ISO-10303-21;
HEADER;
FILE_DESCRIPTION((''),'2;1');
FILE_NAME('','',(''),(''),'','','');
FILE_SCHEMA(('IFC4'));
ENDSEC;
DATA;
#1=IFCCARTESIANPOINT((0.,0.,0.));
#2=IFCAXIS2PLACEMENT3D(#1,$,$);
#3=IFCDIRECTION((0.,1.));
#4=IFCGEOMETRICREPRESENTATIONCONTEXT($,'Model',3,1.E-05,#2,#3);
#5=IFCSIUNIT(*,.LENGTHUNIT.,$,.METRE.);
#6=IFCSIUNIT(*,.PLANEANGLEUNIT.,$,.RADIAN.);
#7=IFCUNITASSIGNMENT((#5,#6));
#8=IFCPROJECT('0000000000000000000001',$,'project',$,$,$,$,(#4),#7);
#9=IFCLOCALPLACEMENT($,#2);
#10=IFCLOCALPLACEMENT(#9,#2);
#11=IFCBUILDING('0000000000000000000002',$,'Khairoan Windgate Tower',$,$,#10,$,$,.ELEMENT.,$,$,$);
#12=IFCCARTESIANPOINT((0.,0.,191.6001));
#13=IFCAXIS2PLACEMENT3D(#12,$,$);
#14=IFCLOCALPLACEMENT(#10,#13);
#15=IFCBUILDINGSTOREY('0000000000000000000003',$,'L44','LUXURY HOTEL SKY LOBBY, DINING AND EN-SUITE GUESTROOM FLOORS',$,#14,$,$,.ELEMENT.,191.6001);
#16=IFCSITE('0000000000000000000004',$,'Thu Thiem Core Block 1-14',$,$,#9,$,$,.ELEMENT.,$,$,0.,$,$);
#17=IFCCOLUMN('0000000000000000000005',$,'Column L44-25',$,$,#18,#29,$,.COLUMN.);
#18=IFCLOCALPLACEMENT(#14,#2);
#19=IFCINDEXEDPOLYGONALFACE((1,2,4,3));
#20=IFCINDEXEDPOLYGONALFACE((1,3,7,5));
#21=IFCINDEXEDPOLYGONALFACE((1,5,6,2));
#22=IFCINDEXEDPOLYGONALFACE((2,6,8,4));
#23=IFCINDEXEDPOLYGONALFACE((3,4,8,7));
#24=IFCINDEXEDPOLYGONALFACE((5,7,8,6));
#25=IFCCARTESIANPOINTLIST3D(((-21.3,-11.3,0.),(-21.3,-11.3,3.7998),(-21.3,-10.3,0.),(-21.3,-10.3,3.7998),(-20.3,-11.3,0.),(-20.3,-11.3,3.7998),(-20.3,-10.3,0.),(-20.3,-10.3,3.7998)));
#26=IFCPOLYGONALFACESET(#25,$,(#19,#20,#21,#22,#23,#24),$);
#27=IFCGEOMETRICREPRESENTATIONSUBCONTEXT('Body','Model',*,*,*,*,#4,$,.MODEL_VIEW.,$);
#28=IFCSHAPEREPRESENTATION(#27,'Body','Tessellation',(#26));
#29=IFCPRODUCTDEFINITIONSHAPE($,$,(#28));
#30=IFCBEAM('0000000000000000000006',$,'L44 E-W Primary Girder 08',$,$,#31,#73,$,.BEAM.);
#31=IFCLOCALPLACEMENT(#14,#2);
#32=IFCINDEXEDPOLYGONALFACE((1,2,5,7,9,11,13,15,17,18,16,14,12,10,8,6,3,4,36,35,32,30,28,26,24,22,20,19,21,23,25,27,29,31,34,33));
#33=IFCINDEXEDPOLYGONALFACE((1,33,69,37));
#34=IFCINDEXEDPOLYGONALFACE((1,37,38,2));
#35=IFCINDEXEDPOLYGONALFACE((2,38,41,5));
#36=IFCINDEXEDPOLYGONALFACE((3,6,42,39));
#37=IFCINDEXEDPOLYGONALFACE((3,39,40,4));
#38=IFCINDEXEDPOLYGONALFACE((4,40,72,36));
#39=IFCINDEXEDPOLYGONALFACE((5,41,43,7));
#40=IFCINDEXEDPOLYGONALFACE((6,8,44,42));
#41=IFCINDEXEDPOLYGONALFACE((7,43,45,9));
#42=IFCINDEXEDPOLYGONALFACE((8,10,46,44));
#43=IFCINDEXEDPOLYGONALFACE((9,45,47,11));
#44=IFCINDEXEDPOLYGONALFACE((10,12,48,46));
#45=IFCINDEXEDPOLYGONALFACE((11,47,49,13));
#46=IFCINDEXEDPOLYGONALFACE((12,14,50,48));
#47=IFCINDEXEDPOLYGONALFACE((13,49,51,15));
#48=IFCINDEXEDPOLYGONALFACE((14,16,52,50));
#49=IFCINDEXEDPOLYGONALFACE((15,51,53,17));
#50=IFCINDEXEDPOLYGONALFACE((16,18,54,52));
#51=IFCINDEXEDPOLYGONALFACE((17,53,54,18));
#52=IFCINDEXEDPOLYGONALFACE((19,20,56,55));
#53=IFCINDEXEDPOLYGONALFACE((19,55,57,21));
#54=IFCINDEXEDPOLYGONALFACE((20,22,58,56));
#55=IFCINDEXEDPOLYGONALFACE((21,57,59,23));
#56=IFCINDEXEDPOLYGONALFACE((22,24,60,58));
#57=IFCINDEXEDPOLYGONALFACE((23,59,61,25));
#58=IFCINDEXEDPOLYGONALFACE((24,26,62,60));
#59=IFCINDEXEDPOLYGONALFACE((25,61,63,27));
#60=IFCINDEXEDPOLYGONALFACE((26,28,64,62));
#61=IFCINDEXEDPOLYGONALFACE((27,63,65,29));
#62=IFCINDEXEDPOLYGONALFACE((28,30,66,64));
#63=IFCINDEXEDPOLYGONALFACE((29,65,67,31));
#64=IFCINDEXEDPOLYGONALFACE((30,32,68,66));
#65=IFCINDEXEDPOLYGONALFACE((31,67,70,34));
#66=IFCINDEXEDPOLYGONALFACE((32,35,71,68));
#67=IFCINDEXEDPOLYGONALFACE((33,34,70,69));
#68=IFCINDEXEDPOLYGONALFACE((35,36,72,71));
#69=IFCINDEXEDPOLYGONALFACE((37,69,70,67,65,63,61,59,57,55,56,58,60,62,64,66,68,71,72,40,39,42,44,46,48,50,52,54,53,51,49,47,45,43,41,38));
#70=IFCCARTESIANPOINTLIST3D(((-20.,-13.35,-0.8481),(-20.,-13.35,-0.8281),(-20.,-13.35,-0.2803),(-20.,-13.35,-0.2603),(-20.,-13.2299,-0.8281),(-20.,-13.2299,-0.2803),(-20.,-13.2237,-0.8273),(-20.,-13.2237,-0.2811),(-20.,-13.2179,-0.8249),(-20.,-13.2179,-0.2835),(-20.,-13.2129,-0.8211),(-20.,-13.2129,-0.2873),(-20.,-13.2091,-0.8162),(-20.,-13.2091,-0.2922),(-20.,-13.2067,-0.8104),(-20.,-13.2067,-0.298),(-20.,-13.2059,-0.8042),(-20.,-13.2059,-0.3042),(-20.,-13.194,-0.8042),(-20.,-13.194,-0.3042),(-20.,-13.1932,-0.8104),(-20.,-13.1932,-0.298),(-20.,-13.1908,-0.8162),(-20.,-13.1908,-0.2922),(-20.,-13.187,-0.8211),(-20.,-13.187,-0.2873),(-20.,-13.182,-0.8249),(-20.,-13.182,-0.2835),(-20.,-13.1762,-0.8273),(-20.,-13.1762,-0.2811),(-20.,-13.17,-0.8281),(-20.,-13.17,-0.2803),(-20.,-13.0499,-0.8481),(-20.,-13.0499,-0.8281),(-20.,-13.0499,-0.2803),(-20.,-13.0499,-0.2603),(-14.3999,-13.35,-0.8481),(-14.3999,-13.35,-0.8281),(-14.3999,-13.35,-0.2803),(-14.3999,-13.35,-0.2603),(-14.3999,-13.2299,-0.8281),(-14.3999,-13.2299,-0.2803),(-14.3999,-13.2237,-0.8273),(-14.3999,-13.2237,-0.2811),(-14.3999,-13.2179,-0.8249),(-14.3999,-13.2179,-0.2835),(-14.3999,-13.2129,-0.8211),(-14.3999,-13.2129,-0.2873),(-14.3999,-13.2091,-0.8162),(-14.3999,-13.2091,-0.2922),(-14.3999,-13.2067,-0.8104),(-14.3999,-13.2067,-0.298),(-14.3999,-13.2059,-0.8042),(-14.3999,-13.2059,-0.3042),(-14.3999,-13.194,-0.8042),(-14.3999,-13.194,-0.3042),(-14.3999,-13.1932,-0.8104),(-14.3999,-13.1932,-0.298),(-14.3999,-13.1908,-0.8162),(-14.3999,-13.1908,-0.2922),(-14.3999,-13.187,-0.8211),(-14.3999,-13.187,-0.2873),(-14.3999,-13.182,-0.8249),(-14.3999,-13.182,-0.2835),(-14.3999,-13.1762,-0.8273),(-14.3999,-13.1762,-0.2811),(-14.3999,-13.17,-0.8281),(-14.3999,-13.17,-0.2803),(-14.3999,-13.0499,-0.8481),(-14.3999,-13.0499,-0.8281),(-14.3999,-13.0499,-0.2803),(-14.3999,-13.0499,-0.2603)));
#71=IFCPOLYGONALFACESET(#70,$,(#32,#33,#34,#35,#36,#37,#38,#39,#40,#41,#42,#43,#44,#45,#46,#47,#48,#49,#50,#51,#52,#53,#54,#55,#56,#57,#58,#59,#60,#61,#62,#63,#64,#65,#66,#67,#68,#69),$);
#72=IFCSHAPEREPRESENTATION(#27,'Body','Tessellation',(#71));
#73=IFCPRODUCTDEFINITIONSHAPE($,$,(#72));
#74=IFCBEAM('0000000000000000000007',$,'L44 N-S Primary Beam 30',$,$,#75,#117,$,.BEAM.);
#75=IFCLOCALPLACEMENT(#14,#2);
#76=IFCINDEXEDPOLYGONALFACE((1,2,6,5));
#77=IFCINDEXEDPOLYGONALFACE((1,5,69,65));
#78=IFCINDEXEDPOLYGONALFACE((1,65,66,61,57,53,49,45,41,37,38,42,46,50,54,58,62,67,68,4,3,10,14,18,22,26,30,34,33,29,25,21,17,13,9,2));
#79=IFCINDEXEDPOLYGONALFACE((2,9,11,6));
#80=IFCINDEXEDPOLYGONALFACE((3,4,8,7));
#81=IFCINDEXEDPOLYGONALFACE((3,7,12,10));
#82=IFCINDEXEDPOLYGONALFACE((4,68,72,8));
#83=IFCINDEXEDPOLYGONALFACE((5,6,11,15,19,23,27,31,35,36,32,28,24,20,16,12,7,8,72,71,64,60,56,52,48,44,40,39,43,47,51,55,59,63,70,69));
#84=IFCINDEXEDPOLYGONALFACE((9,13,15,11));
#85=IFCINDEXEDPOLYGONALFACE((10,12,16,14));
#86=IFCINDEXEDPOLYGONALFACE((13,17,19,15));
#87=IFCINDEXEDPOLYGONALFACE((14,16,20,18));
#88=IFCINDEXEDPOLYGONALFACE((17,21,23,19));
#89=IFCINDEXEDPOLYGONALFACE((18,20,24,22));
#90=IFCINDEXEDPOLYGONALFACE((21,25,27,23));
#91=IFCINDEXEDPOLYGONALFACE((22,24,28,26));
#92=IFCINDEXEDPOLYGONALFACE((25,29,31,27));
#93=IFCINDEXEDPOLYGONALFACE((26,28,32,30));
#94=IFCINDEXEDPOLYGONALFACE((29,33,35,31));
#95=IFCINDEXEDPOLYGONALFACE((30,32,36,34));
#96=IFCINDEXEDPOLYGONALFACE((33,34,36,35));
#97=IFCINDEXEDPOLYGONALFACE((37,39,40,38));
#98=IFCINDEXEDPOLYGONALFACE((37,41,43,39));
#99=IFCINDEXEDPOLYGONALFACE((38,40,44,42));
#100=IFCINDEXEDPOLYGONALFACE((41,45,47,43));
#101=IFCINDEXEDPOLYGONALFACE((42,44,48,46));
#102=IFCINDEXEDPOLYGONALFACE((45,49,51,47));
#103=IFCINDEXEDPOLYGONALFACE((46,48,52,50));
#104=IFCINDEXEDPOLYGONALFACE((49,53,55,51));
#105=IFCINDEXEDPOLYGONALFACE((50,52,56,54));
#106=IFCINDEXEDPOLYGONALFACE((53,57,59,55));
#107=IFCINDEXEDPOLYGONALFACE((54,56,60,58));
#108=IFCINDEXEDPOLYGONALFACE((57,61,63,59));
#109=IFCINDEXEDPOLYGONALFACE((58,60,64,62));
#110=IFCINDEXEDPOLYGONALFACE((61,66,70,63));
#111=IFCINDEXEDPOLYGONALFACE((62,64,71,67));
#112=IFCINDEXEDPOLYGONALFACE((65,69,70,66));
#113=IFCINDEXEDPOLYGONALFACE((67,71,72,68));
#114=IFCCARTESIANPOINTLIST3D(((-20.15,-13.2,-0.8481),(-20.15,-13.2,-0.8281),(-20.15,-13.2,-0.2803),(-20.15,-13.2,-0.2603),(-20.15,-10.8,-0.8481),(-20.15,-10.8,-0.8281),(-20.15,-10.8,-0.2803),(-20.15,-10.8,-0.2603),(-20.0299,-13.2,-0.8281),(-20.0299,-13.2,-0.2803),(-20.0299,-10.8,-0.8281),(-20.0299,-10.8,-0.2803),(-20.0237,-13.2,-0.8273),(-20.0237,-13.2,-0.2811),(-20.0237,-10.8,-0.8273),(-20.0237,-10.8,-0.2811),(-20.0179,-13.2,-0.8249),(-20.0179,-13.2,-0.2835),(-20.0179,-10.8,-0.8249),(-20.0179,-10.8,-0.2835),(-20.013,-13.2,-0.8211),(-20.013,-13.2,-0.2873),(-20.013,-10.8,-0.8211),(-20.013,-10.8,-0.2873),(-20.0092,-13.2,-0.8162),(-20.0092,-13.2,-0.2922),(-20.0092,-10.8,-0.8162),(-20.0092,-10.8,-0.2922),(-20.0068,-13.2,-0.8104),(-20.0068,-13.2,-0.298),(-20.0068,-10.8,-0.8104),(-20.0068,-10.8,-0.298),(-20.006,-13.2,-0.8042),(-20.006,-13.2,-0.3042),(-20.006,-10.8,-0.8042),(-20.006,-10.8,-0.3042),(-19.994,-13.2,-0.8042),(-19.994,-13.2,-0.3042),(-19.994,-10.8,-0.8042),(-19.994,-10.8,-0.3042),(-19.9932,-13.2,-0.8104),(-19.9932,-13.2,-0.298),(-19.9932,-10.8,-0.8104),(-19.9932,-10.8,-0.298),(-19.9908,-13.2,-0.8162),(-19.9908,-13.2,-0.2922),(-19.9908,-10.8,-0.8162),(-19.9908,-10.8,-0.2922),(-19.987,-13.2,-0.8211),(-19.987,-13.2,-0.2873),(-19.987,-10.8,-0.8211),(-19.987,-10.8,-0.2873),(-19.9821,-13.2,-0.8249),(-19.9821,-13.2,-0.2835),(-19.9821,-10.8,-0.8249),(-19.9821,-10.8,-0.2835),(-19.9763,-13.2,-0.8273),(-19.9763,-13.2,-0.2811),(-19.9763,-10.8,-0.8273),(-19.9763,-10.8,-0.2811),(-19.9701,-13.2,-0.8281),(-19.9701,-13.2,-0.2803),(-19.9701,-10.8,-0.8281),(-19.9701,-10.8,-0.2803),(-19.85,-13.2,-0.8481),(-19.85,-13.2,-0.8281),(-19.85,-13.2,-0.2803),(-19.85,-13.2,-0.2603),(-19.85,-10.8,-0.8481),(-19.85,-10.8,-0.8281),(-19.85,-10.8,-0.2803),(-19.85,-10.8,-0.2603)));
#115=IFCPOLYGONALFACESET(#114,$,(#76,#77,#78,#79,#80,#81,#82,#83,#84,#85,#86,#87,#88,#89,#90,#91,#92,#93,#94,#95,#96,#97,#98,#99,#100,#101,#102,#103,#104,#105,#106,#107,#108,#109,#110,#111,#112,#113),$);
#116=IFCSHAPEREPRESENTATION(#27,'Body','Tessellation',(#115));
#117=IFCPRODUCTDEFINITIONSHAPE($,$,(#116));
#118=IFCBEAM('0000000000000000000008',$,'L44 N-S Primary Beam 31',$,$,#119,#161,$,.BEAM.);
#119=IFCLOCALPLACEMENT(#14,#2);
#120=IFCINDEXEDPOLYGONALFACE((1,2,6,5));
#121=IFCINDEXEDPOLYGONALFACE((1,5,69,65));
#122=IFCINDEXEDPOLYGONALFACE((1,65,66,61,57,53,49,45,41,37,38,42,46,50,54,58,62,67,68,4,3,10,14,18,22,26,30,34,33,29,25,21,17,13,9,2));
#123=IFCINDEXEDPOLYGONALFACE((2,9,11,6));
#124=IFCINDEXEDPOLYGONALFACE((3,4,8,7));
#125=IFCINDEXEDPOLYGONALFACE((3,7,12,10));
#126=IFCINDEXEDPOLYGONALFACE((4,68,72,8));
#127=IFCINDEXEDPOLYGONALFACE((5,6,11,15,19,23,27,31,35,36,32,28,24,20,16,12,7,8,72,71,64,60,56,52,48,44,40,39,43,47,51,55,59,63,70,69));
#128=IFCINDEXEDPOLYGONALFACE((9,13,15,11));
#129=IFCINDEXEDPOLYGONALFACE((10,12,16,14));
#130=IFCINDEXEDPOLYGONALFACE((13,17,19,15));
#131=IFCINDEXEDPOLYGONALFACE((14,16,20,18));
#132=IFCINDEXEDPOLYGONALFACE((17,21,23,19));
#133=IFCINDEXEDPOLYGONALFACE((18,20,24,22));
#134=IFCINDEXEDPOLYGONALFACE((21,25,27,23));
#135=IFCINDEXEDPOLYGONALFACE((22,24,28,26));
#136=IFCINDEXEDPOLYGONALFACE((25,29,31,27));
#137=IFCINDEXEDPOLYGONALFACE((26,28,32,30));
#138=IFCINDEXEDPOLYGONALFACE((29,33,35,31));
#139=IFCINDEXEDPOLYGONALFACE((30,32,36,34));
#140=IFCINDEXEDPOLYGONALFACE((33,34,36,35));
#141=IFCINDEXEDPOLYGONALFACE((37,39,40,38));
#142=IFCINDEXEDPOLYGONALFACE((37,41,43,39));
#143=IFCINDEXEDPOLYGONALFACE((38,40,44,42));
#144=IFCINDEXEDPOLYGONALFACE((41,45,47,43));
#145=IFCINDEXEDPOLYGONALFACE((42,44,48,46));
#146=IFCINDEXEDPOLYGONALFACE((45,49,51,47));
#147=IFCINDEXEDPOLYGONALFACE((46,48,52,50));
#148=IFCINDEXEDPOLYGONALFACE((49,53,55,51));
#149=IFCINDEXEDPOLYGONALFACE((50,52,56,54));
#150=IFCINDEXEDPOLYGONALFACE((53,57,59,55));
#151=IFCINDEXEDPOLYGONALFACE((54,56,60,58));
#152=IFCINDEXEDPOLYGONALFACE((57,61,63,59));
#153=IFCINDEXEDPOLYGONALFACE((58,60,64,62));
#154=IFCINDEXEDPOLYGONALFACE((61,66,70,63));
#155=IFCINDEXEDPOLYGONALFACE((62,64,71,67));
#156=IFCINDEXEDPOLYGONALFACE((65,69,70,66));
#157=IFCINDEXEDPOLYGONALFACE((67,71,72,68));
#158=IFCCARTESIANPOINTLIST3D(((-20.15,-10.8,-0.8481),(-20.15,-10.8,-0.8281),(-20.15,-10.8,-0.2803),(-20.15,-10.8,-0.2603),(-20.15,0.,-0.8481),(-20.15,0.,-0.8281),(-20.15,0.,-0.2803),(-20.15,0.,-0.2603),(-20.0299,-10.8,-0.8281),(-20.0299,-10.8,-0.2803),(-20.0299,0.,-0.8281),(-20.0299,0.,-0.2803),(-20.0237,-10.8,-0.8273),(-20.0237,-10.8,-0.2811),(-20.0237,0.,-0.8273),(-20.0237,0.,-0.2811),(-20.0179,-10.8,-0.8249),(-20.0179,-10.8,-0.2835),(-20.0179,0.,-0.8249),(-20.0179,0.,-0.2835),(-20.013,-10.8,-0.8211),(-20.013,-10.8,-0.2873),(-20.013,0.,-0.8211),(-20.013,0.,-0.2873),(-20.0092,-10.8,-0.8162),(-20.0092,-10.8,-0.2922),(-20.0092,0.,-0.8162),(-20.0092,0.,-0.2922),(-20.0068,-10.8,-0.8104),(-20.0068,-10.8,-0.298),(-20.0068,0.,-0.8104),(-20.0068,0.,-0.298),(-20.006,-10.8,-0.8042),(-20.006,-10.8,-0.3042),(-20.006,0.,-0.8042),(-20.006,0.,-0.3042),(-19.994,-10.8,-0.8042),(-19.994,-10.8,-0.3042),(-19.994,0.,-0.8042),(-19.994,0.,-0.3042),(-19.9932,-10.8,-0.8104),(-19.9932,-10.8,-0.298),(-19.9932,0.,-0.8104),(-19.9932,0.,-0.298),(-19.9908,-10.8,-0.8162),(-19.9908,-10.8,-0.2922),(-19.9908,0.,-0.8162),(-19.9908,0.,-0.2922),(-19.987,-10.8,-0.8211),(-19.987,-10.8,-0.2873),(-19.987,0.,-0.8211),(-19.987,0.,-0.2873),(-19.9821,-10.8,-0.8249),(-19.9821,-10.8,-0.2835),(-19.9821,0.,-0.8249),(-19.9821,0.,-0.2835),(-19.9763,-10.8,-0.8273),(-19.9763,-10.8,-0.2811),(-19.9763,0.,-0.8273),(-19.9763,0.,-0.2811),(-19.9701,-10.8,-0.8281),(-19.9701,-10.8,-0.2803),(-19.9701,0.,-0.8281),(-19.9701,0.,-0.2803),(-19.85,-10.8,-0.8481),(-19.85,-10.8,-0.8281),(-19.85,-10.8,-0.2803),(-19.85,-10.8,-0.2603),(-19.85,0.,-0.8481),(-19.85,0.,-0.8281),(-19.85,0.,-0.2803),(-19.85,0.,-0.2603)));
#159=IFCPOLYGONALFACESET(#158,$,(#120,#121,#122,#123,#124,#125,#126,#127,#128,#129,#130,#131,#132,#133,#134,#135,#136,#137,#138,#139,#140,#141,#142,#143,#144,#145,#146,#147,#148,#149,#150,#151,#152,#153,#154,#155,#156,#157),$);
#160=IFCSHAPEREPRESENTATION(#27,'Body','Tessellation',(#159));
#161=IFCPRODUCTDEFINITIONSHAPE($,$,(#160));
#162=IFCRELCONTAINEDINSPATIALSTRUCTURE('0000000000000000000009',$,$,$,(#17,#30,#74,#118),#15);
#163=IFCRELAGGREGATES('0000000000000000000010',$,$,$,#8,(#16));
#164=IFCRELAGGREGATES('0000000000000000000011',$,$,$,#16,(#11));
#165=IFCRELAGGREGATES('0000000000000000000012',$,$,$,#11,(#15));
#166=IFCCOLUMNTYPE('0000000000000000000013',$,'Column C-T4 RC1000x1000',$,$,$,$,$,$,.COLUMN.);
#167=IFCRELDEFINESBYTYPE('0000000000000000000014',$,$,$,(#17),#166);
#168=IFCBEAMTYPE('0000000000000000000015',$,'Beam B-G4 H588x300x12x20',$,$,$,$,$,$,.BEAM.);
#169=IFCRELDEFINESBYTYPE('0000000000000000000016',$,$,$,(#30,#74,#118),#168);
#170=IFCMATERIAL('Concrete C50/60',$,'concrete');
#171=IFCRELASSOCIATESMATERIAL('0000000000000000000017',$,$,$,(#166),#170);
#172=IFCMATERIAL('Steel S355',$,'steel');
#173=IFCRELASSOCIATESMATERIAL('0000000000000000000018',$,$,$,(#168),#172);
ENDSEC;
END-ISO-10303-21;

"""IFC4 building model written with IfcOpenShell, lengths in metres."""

from ifc_helpers import new_model, si_unit, direction, frame, origin, origin_2d, place, context, subcontext, project, spatial, rectangle, i_section, extrude, material, material_profile, profile_set, type_object, element, save


model = new_model("IFC4")

# Units and contexts
model_context = context("Model", 3, precision=1e-05, world=origin(), true_north=direction((0.0, 1.0)))
body_context = subcontext(model_context, "Body", "Model", "MODEL_VIEW")
ifc_project = project(units=[si_unit("LENGTHUNIT", "METRE"), si_unit("PLANEANGLEUNIT", "RADIAN")], contexts=[model_context])

# Site, building, storey
site_placement = place(None, origin())
site = spatial("IfcSite", under=ifc_project, at=site_placement, Name="Thu Thiem Core Block 1-14", CompositionType="ELEMENT", RefElevation=0.0)
building_placement = place(site_placement, origin())
building = spatial("IfcBuilding", under=site, at=building_placement, Name="Khairoan Windgate Tower", CompositionType="ELEMENT")
storey_placement = place(building_placement, frame((0.0, 0.0, 191.6001)))
storey = spatial("IfcBuildingStorey", under=building, at=storey_placement, Name="L44", Description="LUXURY HOTEL SKY LOBBY, DINING AND EN-SUITE GUESTROOM FLOORS", CompositionType="ELEMENT", Elevation=191.6001)

# Column
ifc_material_1 = material(Name="Concrete C50/60", Category="concrete")
ifc_material_profile_1 = material_profile(ifc_material_1, rectangle(XDim=1.0, YDim=1.0, at=origin_2d()))
ifc_profile_set_1 = profile_set([ifc_material_profile_1], Name="Concrete C50/60")
column_type = type_object("IfcColumnType", Name="Column C-T4 RC1000x1000", PredefinedType="COLUMN", material=ifc_profile_set_1)
column_placement = place(storey_placement, frame((-20.8, -10.8, 0.0), z_axis=(0.0, 0.0, 1.0), x_axis=(1.0, 0.0, 0.0)))
element("IfcColumn", 1, at=column_placement, inside=storey, type_object=column_type, Name="Column L44-25", PredefinedType="COLUMN", context=body_context, shape_type="SweptSolid", body=[
    extrude(rectangle(XDim=1.0, YDim=1.0, at=origin_2d()), origin(), (0.0, 0.0, 1.0), 3.7998),
])

# Beams
ifc_material_2 = material(Name="Steel S355", Category="steel")
ifc_material_profile_2 = material_profile(ifc_material_2, i_section(OverallWidth=0.3, OverallDepth=0.5879, WebThickness=0.012, FlangeThickness=0.02, FilletRadius=0.0239, at=origin_2d()))
ifc_profile_set_2 = profile_set([ifc_material_profile_2], Name="Steel S355")
beam_type_1 = type_object("IfcBeamType", Name="Beam B-G4 H588x300x12x20", PredefinedType="BEAM", material=ifc_profile_set_2)
beam_1_placement = place(storey_placement, frame((-20.0, -13.2, -0.5542), z_axis=(1.0, 0.0, 0.0), x_axis=(0.0, 1.0, 0.0)))
element("IfcBeam", 2, at=beam_1_placement, inside=storey, type_object=beam_type_1, Name="L44 E-W Primary Girder 08", PredefinedType="BEAM", context=body_context, shape_type="SweptSolid", body=[
    extrude(i_section(OverallWidth=0.3, OverallDepth=0.5879, WebThickness=0.012, FlangeThickness=0.02, FilletRadius=0.0239, at=origin_2d()), origin(), (0.0, 0.0, 1.0), 5.6001),
])
beam_2_placement = place(storey_placement, frame((-20.0, -13.2, -0.5542), z_axis=(0.0, 1.0, 0.0), x_axis=(-1.0, 0.0, 0.0)))
element("IfcBeam", 3, at=beam_2_placement, inside=storey, type_object=beam_type_1, Name="L44 N-S Primary Beam 30", PredefinedType="BEAM", context=body_context, shape_type="SweptSolid", body=[
    extrude(i_section(OverallWidth=0.3, OverallDepth=0.5879, WebThickness=0.012, FlangeThickness=0.02, FilletRadius=0.0239, at=origin_2d()), origin(), (0.0, 0.0, 1.0), 2.3999),
])
beam_3_placement = place(storey_placement, frame((-20.0, -10.8, -0.5542), z_axis=(0.0, 1.0, 0.0), x_axis=(-1.0, 0.0, 0.0)))
element("IfcBeam", 4, at=beam_3_placement, inside=storey, type_object=beam_type_1, Name="L44 N-S Primary Beam 31", PredefinedType="BEAM", context=body_context, shape_type="SweptSolid", body=[
    extrude(i_section(OverallWidth=0.3, OverallDepth=0.5879, WebThickness=0.012, FlangeThickness=0.02, FilletRadius=0.0239, at=origin_2d()), origin(), (0.0, 0.0, 1.0), 10.8),
])

save(model, "model.ifc")
